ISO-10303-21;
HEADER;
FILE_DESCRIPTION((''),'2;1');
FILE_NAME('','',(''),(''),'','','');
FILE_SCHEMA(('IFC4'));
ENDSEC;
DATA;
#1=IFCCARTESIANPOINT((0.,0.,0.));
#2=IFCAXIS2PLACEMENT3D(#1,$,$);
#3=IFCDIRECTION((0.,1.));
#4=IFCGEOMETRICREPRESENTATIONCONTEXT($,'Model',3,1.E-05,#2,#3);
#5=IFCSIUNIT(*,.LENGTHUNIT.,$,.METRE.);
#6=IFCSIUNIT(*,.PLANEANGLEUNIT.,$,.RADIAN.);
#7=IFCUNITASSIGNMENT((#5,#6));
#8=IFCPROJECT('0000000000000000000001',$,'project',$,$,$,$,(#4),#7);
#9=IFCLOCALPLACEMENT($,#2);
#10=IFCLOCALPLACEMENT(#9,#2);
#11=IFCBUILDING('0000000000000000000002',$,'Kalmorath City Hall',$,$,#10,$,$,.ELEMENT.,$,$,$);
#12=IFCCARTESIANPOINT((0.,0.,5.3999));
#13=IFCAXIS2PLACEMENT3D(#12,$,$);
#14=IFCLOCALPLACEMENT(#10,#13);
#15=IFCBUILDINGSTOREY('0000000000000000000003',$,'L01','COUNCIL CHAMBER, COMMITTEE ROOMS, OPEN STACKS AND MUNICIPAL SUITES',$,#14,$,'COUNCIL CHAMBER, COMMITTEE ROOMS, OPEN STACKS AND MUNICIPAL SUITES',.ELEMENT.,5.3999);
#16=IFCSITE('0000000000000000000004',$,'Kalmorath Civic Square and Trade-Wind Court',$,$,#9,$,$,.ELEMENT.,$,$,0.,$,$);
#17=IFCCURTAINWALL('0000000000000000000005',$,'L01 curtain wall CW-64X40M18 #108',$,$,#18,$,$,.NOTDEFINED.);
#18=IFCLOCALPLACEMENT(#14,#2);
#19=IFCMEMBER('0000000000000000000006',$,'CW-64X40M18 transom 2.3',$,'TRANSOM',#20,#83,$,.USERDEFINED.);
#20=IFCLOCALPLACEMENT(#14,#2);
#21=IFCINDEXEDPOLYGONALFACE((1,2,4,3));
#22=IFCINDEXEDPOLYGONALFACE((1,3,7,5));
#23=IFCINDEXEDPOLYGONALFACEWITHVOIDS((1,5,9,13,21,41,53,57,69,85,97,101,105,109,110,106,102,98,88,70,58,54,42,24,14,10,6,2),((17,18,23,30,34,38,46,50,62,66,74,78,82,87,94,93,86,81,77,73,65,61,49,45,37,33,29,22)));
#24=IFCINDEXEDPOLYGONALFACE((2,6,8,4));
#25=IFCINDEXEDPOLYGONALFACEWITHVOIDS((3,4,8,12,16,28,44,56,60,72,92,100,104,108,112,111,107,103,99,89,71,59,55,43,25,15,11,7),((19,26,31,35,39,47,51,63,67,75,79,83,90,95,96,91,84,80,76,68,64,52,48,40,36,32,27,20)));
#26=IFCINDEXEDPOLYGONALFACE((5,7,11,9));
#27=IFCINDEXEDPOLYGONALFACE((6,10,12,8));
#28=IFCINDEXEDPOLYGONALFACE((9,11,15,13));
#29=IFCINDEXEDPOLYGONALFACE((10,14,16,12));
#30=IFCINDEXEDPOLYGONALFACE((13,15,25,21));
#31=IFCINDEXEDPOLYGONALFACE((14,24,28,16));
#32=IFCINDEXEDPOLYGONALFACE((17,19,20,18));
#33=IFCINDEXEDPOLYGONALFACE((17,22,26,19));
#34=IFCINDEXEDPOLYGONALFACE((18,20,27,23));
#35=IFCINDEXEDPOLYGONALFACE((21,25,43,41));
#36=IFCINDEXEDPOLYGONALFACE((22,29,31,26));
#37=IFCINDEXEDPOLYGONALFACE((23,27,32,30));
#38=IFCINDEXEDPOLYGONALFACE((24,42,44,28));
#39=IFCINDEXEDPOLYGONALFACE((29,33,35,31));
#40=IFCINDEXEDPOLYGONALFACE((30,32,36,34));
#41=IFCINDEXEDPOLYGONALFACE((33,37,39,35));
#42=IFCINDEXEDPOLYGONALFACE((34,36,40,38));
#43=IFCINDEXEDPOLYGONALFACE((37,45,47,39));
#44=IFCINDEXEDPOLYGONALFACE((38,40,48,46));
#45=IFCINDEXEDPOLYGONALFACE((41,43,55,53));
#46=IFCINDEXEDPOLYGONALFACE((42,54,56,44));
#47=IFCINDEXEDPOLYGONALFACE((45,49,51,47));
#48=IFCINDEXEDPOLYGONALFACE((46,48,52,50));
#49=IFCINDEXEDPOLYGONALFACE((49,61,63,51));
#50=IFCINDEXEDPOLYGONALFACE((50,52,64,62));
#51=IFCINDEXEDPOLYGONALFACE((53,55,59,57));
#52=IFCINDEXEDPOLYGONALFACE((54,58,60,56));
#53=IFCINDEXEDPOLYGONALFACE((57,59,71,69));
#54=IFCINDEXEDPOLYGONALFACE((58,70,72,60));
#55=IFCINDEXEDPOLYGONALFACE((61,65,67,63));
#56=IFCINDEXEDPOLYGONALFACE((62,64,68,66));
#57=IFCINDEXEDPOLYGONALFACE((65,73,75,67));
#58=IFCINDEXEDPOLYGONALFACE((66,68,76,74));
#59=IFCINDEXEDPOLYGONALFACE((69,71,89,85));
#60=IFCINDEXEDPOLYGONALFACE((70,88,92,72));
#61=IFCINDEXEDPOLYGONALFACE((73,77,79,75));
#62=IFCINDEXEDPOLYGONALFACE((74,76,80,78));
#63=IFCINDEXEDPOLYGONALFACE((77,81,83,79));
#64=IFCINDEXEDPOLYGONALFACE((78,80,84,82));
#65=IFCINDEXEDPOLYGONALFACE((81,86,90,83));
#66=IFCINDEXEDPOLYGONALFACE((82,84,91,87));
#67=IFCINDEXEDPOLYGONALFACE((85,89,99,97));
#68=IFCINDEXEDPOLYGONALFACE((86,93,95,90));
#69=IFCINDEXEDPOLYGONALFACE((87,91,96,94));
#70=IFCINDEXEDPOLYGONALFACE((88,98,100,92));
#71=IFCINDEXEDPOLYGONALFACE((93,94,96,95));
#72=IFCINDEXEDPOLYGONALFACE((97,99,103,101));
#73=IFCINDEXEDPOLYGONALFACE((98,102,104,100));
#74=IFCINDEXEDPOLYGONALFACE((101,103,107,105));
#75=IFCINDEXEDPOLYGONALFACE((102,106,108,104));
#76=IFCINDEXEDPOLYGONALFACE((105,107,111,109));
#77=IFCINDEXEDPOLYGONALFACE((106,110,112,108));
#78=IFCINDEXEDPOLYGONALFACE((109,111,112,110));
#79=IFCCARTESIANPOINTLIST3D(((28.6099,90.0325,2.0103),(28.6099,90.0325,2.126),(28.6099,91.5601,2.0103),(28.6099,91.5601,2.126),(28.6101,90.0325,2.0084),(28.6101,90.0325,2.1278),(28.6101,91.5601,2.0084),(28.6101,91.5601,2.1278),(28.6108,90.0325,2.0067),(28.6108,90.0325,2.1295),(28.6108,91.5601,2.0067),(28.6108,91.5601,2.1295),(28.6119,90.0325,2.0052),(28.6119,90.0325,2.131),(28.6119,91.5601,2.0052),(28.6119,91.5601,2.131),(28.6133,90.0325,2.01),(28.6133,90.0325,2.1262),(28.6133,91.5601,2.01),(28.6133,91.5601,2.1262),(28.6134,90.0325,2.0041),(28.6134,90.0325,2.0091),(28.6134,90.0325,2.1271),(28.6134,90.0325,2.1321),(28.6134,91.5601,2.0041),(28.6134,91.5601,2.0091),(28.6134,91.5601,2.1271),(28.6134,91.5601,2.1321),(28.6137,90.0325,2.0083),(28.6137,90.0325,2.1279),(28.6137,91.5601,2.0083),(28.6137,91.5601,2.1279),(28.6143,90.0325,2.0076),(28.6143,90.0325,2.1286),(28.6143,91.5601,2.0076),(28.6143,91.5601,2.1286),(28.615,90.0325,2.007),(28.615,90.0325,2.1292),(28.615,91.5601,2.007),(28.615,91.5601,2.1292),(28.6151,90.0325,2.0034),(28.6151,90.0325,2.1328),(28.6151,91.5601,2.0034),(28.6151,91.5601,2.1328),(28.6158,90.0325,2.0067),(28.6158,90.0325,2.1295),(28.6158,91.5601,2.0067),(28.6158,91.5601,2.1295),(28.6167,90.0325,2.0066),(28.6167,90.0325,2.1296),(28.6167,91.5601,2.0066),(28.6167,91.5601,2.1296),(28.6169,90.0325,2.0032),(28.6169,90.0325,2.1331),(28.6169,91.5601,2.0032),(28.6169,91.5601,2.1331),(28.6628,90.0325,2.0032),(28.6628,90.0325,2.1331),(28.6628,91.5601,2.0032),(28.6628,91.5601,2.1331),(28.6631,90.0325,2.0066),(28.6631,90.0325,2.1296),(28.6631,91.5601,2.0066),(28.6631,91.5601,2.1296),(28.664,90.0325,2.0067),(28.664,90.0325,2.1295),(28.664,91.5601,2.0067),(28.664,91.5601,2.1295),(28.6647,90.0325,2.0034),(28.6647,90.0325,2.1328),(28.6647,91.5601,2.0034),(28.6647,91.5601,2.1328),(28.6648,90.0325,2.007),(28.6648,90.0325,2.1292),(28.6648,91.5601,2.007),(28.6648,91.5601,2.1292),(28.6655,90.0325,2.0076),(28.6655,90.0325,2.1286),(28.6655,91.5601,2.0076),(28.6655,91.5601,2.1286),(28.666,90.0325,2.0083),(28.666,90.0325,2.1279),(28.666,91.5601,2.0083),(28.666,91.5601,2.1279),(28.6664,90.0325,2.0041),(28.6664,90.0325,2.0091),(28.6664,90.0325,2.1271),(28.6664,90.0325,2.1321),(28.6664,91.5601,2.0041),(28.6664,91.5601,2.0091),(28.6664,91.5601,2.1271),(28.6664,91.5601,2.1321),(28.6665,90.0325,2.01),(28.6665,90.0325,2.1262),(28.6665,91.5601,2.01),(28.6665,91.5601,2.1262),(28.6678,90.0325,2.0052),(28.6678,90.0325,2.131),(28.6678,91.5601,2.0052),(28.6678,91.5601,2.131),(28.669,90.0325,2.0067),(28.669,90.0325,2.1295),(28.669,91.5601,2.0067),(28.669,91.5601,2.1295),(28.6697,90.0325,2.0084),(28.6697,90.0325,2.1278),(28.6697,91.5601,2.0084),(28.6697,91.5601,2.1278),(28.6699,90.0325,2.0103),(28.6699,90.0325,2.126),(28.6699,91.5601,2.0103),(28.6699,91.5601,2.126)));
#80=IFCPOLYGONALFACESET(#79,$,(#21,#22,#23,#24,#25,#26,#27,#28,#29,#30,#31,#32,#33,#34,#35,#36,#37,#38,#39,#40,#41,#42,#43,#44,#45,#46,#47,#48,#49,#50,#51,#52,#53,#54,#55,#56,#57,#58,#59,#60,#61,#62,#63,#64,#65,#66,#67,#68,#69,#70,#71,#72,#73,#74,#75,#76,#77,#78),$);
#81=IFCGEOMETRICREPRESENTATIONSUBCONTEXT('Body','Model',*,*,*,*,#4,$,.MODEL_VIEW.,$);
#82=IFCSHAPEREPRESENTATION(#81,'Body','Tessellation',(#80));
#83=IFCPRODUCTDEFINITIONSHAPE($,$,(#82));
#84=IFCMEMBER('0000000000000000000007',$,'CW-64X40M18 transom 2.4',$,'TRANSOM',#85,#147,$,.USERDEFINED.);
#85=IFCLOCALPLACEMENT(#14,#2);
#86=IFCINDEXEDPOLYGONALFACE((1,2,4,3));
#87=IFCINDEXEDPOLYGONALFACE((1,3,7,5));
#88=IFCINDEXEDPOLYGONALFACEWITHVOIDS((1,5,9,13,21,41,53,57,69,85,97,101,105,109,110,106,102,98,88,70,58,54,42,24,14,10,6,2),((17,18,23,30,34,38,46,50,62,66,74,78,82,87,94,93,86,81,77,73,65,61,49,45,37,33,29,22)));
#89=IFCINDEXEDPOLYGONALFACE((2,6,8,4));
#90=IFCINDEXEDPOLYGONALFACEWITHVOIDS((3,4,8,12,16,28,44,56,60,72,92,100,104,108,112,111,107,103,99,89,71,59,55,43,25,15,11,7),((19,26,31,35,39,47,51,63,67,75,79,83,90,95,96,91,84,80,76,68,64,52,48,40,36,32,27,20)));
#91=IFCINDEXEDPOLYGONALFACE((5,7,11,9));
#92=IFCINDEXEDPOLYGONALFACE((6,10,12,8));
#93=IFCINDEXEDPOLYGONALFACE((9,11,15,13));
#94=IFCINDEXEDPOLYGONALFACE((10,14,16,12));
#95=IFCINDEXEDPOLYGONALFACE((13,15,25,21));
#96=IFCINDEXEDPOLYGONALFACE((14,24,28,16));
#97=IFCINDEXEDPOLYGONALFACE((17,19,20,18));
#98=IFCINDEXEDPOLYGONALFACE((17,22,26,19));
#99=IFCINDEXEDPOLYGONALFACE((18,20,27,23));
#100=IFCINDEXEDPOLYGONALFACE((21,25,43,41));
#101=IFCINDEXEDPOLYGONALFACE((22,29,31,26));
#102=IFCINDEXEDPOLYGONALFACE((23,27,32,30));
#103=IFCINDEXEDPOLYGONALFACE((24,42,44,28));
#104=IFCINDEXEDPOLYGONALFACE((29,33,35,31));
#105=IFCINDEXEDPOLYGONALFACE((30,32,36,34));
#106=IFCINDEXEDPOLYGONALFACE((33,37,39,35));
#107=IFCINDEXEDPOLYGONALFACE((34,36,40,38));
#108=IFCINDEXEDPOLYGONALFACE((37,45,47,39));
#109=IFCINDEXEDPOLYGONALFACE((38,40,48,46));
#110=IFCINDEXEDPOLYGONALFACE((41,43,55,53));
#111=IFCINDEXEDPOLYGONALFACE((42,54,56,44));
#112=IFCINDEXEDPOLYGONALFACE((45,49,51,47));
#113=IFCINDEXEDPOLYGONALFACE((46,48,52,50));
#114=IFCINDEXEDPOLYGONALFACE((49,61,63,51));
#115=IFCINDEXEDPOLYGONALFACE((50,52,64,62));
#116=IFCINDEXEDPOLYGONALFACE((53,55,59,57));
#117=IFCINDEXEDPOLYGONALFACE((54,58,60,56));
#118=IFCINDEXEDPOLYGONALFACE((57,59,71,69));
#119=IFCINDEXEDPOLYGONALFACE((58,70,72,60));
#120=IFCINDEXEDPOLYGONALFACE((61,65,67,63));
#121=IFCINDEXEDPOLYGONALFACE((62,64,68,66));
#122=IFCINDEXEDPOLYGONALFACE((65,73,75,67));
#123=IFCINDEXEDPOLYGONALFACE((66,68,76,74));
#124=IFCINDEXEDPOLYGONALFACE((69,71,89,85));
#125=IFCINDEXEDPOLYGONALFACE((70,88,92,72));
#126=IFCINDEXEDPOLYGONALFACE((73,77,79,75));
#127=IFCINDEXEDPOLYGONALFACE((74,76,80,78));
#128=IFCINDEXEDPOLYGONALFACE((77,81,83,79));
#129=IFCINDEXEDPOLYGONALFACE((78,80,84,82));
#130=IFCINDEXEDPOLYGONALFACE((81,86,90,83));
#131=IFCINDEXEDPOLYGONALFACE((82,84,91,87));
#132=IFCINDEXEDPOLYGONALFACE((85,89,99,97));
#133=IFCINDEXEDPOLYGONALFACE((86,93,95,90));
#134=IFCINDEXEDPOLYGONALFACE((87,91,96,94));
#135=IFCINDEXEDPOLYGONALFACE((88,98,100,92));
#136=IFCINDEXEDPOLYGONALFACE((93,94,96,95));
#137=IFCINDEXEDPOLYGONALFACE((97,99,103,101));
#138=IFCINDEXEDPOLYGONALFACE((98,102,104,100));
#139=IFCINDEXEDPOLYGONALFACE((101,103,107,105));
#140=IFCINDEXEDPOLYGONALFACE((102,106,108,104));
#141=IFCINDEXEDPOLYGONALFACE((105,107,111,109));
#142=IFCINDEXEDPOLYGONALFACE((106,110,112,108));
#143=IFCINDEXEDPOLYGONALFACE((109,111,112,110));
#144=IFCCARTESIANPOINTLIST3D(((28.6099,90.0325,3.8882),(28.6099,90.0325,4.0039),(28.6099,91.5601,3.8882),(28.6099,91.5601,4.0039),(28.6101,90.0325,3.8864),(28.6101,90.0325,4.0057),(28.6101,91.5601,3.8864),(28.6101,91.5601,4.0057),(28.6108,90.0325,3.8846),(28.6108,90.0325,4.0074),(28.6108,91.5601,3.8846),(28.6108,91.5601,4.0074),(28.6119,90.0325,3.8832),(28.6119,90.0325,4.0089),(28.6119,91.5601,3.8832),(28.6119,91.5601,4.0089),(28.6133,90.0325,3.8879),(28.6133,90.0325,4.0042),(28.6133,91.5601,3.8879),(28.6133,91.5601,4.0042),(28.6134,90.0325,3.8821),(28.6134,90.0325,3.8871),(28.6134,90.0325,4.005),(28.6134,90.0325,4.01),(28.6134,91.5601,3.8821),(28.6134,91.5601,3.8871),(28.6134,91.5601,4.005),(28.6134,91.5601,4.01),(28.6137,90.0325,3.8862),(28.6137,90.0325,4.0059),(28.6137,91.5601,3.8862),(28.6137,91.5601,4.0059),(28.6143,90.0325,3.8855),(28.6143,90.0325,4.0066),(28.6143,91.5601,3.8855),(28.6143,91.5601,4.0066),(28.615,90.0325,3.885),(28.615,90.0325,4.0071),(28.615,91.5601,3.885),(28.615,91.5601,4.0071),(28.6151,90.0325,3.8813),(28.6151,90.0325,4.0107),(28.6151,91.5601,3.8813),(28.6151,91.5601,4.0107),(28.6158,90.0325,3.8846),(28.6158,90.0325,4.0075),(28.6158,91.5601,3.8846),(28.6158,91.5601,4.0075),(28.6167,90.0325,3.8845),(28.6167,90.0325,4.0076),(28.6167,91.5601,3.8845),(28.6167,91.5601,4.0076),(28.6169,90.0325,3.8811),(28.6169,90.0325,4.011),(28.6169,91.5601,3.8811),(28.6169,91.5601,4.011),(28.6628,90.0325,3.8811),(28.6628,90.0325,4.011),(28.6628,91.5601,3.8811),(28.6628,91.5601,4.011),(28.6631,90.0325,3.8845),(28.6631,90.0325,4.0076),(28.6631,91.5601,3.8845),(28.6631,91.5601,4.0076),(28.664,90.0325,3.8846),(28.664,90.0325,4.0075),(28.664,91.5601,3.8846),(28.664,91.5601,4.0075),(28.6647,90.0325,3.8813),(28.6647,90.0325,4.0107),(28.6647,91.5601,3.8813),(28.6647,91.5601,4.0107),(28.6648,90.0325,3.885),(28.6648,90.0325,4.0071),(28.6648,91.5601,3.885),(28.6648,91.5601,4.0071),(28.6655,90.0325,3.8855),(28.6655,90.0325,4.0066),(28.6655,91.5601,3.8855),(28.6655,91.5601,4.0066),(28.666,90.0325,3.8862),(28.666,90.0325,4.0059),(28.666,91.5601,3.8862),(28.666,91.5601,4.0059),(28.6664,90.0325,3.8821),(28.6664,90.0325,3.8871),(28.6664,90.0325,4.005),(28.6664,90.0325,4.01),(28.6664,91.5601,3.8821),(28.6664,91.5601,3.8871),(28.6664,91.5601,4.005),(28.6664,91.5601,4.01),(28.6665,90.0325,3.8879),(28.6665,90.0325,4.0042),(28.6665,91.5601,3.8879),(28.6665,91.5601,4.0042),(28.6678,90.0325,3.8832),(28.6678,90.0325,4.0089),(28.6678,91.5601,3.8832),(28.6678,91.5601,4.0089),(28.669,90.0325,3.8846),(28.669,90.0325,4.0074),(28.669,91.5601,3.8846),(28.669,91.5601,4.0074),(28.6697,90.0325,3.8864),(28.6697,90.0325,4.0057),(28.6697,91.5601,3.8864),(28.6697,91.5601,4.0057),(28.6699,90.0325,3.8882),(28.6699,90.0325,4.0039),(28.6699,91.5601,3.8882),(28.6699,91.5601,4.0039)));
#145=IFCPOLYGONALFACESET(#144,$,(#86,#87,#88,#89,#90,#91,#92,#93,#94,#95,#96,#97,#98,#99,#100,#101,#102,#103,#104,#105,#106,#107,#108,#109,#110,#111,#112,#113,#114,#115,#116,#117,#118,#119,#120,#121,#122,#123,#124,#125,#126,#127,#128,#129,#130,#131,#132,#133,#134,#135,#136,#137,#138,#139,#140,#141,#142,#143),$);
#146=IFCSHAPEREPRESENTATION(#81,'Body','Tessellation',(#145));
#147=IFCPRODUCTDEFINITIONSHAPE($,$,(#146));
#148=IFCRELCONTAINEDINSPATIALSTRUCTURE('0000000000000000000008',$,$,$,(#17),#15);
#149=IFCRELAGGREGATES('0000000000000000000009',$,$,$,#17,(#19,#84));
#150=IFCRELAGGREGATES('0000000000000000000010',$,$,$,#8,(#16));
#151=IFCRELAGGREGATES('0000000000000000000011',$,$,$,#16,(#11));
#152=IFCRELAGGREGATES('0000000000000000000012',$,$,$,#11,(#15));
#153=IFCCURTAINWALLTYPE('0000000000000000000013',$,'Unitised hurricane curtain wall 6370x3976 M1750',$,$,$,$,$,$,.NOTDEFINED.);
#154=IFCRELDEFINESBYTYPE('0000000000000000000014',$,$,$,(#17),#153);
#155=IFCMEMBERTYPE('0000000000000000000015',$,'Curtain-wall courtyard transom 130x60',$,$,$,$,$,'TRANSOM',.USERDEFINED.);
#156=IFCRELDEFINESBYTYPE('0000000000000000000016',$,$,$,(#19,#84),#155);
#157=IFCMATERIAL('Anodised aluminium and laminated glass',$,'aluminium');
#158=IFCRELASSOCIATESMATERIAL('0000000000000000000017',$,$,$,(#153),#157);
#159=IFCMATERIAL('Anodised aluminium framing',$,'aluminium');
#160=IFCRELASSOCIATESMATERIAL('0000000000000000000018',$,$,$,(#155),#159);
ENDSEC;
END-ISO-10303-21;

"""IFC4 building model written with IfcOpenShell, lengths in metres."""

from ifc_helpers import new_model, si_unit, direction, frame, origin, origin_2d, place, context, subcontext, project, spatial, hollow_rectangle, extrude, material, material_profile, profile_set, type_object, element, aggregate, save


model = new_model("IFC4")

# Units and contexts
model_context = context("Model", 3, precision=1e-05, world=origin(), true_north=direction((0.0, 1.0)))
body_context = subcontext(model_context, "Body", "Model", "MODEL_VIEW")
ifc_project = project(units=[si_unit("LENGTHUNIT", "METRE"), si_unit("PLANEANGLEUNIT", "RADIAN")], contexts=[model_context])

# Site, building, storey
site_placement = place(None, origin())
site = spatial("IfcSite", under=ifc_project, at=site_placement, Name="Kalmorath Civic Square and Trade-Wind Court", CompositionType="ELEMENT", RefElevation=0.0)
building_placement = place(site_placement, origin())
building = spatial("IfcBuilding", under=site, at=building_placement, Name="Kalmorath City Hall", CompositionType="ELEMENT")
storey_placement = place(building_placement, frame((0.0, 0.0, 5.3999)))
storey = spatial("IfcBuildingStorey", under=building, at=storey_placement, Name="L01", Description="COUNCIL CHAMBER, COMMITTEE ROOMS, OPEN STACKS AND MUNICIPAL SUITES", LongName="COUNCIL CHAMBER, COMMITTEE ROOMS, OPEN STACKS AND MUNICIPAL SUITES", CompositionType="ELEMENT", Elevation=5.3999)

# Curtain wall, members
ifc_material_1 = material(Name="Anodised aluminium and laminated glass", Category="aluminium")
curtain_wall_type = type_object("IfcCurtainWallType", Name="Unitised hurricane curtain wall 6370x3976 M1750", PredefinedType="NOTDEFINED", material=ifc_material_1)
curtain_wall_placement = place(storey_placement, origin())
curtain_wall = element("IfcCurtainWall", 1, at=curtain_wall_placement, inside=storey, type_object=curtain_wall_type, Name="L01 curtain wall CW-64X40M18 #108", PredefinedType="NOTDEFINED")
ifc_material_2 = material(Name="Anodised aluminium framing", Category="aluminium")
ifc_material_profile_1 = material_profile(ifc_material_2, hollow_rectangle(XDim=0.0601, YDim=0.1299, WallThickness=0.0034, InnerFilletRadius=0.0034, OuterFilletRadius=0.0071, at=origin_2d()), Name="ALU-TRN-130X60X3.5")
ifc_profile_set_1 = profile_set([ifc_material_profile_1], Name="Anodised aluminium framing")
member_type_1 = type_object("IfcMemberType", Name="Curtain-wall courtyard transom 130x60", ElementType="TRANSOM", PredefinedType="USERDEFINED", material=ifc_profile_set_1)
member_1_placement = place(storey_placement, frame((28.6399, 91.5601, 2.0681), z_axis=(0.0, -1.0, 0.0), x_axis=(1.0, 0.0, 0.0)))
member_1 = element("IfcMember", 2, at=member_1_placement, type_object=member_type_1, Name="CW-64X40M18 transom 2.3", ObjectType="TRANSOM", PredefinedType="USERDEFINED", context=body_context, shape_type="SweptSolid", body=[
    extrude(hollow_rectangle(XDim=0.0601, YDim=0.1299, WallThickness=0.0034, InnerFilletRadius=0.0034, OuterFilletRadius=0.0071, at=origin_2d()), origin(), (0.0, 0.0, 1.0), 1.5276),
])
member_2_placement = place(storey_placement, frame((28.6399, 91.5601, 3.946), z_axis=(0.0, -1.0, 0.0), x_axis=(1.0, 0.0, 0.0)))
member_2 = element("IfcMember", 3, at=member_2_placement, type_object=member_type_1, Name="CW-64X40M18 transom 2.4", ObjectType="TRANSOM", PredefinedType="USERDEFINED", context=body_context, shape_type="SweptSolid", body=[
    extrude(hollow_rectangle(XDim=0.0601, YDim=0.1299, WallThickness=0.0034, InnerFilletRadius=0.0034, OuterFilletRadius=0.0071, at=origin_2d()), origin(), (0.0, 0.0, 1.0), 1.5276),
])
aggregate(curtain_wall, [member_1, member_2])

save(model, "model.ifc")
